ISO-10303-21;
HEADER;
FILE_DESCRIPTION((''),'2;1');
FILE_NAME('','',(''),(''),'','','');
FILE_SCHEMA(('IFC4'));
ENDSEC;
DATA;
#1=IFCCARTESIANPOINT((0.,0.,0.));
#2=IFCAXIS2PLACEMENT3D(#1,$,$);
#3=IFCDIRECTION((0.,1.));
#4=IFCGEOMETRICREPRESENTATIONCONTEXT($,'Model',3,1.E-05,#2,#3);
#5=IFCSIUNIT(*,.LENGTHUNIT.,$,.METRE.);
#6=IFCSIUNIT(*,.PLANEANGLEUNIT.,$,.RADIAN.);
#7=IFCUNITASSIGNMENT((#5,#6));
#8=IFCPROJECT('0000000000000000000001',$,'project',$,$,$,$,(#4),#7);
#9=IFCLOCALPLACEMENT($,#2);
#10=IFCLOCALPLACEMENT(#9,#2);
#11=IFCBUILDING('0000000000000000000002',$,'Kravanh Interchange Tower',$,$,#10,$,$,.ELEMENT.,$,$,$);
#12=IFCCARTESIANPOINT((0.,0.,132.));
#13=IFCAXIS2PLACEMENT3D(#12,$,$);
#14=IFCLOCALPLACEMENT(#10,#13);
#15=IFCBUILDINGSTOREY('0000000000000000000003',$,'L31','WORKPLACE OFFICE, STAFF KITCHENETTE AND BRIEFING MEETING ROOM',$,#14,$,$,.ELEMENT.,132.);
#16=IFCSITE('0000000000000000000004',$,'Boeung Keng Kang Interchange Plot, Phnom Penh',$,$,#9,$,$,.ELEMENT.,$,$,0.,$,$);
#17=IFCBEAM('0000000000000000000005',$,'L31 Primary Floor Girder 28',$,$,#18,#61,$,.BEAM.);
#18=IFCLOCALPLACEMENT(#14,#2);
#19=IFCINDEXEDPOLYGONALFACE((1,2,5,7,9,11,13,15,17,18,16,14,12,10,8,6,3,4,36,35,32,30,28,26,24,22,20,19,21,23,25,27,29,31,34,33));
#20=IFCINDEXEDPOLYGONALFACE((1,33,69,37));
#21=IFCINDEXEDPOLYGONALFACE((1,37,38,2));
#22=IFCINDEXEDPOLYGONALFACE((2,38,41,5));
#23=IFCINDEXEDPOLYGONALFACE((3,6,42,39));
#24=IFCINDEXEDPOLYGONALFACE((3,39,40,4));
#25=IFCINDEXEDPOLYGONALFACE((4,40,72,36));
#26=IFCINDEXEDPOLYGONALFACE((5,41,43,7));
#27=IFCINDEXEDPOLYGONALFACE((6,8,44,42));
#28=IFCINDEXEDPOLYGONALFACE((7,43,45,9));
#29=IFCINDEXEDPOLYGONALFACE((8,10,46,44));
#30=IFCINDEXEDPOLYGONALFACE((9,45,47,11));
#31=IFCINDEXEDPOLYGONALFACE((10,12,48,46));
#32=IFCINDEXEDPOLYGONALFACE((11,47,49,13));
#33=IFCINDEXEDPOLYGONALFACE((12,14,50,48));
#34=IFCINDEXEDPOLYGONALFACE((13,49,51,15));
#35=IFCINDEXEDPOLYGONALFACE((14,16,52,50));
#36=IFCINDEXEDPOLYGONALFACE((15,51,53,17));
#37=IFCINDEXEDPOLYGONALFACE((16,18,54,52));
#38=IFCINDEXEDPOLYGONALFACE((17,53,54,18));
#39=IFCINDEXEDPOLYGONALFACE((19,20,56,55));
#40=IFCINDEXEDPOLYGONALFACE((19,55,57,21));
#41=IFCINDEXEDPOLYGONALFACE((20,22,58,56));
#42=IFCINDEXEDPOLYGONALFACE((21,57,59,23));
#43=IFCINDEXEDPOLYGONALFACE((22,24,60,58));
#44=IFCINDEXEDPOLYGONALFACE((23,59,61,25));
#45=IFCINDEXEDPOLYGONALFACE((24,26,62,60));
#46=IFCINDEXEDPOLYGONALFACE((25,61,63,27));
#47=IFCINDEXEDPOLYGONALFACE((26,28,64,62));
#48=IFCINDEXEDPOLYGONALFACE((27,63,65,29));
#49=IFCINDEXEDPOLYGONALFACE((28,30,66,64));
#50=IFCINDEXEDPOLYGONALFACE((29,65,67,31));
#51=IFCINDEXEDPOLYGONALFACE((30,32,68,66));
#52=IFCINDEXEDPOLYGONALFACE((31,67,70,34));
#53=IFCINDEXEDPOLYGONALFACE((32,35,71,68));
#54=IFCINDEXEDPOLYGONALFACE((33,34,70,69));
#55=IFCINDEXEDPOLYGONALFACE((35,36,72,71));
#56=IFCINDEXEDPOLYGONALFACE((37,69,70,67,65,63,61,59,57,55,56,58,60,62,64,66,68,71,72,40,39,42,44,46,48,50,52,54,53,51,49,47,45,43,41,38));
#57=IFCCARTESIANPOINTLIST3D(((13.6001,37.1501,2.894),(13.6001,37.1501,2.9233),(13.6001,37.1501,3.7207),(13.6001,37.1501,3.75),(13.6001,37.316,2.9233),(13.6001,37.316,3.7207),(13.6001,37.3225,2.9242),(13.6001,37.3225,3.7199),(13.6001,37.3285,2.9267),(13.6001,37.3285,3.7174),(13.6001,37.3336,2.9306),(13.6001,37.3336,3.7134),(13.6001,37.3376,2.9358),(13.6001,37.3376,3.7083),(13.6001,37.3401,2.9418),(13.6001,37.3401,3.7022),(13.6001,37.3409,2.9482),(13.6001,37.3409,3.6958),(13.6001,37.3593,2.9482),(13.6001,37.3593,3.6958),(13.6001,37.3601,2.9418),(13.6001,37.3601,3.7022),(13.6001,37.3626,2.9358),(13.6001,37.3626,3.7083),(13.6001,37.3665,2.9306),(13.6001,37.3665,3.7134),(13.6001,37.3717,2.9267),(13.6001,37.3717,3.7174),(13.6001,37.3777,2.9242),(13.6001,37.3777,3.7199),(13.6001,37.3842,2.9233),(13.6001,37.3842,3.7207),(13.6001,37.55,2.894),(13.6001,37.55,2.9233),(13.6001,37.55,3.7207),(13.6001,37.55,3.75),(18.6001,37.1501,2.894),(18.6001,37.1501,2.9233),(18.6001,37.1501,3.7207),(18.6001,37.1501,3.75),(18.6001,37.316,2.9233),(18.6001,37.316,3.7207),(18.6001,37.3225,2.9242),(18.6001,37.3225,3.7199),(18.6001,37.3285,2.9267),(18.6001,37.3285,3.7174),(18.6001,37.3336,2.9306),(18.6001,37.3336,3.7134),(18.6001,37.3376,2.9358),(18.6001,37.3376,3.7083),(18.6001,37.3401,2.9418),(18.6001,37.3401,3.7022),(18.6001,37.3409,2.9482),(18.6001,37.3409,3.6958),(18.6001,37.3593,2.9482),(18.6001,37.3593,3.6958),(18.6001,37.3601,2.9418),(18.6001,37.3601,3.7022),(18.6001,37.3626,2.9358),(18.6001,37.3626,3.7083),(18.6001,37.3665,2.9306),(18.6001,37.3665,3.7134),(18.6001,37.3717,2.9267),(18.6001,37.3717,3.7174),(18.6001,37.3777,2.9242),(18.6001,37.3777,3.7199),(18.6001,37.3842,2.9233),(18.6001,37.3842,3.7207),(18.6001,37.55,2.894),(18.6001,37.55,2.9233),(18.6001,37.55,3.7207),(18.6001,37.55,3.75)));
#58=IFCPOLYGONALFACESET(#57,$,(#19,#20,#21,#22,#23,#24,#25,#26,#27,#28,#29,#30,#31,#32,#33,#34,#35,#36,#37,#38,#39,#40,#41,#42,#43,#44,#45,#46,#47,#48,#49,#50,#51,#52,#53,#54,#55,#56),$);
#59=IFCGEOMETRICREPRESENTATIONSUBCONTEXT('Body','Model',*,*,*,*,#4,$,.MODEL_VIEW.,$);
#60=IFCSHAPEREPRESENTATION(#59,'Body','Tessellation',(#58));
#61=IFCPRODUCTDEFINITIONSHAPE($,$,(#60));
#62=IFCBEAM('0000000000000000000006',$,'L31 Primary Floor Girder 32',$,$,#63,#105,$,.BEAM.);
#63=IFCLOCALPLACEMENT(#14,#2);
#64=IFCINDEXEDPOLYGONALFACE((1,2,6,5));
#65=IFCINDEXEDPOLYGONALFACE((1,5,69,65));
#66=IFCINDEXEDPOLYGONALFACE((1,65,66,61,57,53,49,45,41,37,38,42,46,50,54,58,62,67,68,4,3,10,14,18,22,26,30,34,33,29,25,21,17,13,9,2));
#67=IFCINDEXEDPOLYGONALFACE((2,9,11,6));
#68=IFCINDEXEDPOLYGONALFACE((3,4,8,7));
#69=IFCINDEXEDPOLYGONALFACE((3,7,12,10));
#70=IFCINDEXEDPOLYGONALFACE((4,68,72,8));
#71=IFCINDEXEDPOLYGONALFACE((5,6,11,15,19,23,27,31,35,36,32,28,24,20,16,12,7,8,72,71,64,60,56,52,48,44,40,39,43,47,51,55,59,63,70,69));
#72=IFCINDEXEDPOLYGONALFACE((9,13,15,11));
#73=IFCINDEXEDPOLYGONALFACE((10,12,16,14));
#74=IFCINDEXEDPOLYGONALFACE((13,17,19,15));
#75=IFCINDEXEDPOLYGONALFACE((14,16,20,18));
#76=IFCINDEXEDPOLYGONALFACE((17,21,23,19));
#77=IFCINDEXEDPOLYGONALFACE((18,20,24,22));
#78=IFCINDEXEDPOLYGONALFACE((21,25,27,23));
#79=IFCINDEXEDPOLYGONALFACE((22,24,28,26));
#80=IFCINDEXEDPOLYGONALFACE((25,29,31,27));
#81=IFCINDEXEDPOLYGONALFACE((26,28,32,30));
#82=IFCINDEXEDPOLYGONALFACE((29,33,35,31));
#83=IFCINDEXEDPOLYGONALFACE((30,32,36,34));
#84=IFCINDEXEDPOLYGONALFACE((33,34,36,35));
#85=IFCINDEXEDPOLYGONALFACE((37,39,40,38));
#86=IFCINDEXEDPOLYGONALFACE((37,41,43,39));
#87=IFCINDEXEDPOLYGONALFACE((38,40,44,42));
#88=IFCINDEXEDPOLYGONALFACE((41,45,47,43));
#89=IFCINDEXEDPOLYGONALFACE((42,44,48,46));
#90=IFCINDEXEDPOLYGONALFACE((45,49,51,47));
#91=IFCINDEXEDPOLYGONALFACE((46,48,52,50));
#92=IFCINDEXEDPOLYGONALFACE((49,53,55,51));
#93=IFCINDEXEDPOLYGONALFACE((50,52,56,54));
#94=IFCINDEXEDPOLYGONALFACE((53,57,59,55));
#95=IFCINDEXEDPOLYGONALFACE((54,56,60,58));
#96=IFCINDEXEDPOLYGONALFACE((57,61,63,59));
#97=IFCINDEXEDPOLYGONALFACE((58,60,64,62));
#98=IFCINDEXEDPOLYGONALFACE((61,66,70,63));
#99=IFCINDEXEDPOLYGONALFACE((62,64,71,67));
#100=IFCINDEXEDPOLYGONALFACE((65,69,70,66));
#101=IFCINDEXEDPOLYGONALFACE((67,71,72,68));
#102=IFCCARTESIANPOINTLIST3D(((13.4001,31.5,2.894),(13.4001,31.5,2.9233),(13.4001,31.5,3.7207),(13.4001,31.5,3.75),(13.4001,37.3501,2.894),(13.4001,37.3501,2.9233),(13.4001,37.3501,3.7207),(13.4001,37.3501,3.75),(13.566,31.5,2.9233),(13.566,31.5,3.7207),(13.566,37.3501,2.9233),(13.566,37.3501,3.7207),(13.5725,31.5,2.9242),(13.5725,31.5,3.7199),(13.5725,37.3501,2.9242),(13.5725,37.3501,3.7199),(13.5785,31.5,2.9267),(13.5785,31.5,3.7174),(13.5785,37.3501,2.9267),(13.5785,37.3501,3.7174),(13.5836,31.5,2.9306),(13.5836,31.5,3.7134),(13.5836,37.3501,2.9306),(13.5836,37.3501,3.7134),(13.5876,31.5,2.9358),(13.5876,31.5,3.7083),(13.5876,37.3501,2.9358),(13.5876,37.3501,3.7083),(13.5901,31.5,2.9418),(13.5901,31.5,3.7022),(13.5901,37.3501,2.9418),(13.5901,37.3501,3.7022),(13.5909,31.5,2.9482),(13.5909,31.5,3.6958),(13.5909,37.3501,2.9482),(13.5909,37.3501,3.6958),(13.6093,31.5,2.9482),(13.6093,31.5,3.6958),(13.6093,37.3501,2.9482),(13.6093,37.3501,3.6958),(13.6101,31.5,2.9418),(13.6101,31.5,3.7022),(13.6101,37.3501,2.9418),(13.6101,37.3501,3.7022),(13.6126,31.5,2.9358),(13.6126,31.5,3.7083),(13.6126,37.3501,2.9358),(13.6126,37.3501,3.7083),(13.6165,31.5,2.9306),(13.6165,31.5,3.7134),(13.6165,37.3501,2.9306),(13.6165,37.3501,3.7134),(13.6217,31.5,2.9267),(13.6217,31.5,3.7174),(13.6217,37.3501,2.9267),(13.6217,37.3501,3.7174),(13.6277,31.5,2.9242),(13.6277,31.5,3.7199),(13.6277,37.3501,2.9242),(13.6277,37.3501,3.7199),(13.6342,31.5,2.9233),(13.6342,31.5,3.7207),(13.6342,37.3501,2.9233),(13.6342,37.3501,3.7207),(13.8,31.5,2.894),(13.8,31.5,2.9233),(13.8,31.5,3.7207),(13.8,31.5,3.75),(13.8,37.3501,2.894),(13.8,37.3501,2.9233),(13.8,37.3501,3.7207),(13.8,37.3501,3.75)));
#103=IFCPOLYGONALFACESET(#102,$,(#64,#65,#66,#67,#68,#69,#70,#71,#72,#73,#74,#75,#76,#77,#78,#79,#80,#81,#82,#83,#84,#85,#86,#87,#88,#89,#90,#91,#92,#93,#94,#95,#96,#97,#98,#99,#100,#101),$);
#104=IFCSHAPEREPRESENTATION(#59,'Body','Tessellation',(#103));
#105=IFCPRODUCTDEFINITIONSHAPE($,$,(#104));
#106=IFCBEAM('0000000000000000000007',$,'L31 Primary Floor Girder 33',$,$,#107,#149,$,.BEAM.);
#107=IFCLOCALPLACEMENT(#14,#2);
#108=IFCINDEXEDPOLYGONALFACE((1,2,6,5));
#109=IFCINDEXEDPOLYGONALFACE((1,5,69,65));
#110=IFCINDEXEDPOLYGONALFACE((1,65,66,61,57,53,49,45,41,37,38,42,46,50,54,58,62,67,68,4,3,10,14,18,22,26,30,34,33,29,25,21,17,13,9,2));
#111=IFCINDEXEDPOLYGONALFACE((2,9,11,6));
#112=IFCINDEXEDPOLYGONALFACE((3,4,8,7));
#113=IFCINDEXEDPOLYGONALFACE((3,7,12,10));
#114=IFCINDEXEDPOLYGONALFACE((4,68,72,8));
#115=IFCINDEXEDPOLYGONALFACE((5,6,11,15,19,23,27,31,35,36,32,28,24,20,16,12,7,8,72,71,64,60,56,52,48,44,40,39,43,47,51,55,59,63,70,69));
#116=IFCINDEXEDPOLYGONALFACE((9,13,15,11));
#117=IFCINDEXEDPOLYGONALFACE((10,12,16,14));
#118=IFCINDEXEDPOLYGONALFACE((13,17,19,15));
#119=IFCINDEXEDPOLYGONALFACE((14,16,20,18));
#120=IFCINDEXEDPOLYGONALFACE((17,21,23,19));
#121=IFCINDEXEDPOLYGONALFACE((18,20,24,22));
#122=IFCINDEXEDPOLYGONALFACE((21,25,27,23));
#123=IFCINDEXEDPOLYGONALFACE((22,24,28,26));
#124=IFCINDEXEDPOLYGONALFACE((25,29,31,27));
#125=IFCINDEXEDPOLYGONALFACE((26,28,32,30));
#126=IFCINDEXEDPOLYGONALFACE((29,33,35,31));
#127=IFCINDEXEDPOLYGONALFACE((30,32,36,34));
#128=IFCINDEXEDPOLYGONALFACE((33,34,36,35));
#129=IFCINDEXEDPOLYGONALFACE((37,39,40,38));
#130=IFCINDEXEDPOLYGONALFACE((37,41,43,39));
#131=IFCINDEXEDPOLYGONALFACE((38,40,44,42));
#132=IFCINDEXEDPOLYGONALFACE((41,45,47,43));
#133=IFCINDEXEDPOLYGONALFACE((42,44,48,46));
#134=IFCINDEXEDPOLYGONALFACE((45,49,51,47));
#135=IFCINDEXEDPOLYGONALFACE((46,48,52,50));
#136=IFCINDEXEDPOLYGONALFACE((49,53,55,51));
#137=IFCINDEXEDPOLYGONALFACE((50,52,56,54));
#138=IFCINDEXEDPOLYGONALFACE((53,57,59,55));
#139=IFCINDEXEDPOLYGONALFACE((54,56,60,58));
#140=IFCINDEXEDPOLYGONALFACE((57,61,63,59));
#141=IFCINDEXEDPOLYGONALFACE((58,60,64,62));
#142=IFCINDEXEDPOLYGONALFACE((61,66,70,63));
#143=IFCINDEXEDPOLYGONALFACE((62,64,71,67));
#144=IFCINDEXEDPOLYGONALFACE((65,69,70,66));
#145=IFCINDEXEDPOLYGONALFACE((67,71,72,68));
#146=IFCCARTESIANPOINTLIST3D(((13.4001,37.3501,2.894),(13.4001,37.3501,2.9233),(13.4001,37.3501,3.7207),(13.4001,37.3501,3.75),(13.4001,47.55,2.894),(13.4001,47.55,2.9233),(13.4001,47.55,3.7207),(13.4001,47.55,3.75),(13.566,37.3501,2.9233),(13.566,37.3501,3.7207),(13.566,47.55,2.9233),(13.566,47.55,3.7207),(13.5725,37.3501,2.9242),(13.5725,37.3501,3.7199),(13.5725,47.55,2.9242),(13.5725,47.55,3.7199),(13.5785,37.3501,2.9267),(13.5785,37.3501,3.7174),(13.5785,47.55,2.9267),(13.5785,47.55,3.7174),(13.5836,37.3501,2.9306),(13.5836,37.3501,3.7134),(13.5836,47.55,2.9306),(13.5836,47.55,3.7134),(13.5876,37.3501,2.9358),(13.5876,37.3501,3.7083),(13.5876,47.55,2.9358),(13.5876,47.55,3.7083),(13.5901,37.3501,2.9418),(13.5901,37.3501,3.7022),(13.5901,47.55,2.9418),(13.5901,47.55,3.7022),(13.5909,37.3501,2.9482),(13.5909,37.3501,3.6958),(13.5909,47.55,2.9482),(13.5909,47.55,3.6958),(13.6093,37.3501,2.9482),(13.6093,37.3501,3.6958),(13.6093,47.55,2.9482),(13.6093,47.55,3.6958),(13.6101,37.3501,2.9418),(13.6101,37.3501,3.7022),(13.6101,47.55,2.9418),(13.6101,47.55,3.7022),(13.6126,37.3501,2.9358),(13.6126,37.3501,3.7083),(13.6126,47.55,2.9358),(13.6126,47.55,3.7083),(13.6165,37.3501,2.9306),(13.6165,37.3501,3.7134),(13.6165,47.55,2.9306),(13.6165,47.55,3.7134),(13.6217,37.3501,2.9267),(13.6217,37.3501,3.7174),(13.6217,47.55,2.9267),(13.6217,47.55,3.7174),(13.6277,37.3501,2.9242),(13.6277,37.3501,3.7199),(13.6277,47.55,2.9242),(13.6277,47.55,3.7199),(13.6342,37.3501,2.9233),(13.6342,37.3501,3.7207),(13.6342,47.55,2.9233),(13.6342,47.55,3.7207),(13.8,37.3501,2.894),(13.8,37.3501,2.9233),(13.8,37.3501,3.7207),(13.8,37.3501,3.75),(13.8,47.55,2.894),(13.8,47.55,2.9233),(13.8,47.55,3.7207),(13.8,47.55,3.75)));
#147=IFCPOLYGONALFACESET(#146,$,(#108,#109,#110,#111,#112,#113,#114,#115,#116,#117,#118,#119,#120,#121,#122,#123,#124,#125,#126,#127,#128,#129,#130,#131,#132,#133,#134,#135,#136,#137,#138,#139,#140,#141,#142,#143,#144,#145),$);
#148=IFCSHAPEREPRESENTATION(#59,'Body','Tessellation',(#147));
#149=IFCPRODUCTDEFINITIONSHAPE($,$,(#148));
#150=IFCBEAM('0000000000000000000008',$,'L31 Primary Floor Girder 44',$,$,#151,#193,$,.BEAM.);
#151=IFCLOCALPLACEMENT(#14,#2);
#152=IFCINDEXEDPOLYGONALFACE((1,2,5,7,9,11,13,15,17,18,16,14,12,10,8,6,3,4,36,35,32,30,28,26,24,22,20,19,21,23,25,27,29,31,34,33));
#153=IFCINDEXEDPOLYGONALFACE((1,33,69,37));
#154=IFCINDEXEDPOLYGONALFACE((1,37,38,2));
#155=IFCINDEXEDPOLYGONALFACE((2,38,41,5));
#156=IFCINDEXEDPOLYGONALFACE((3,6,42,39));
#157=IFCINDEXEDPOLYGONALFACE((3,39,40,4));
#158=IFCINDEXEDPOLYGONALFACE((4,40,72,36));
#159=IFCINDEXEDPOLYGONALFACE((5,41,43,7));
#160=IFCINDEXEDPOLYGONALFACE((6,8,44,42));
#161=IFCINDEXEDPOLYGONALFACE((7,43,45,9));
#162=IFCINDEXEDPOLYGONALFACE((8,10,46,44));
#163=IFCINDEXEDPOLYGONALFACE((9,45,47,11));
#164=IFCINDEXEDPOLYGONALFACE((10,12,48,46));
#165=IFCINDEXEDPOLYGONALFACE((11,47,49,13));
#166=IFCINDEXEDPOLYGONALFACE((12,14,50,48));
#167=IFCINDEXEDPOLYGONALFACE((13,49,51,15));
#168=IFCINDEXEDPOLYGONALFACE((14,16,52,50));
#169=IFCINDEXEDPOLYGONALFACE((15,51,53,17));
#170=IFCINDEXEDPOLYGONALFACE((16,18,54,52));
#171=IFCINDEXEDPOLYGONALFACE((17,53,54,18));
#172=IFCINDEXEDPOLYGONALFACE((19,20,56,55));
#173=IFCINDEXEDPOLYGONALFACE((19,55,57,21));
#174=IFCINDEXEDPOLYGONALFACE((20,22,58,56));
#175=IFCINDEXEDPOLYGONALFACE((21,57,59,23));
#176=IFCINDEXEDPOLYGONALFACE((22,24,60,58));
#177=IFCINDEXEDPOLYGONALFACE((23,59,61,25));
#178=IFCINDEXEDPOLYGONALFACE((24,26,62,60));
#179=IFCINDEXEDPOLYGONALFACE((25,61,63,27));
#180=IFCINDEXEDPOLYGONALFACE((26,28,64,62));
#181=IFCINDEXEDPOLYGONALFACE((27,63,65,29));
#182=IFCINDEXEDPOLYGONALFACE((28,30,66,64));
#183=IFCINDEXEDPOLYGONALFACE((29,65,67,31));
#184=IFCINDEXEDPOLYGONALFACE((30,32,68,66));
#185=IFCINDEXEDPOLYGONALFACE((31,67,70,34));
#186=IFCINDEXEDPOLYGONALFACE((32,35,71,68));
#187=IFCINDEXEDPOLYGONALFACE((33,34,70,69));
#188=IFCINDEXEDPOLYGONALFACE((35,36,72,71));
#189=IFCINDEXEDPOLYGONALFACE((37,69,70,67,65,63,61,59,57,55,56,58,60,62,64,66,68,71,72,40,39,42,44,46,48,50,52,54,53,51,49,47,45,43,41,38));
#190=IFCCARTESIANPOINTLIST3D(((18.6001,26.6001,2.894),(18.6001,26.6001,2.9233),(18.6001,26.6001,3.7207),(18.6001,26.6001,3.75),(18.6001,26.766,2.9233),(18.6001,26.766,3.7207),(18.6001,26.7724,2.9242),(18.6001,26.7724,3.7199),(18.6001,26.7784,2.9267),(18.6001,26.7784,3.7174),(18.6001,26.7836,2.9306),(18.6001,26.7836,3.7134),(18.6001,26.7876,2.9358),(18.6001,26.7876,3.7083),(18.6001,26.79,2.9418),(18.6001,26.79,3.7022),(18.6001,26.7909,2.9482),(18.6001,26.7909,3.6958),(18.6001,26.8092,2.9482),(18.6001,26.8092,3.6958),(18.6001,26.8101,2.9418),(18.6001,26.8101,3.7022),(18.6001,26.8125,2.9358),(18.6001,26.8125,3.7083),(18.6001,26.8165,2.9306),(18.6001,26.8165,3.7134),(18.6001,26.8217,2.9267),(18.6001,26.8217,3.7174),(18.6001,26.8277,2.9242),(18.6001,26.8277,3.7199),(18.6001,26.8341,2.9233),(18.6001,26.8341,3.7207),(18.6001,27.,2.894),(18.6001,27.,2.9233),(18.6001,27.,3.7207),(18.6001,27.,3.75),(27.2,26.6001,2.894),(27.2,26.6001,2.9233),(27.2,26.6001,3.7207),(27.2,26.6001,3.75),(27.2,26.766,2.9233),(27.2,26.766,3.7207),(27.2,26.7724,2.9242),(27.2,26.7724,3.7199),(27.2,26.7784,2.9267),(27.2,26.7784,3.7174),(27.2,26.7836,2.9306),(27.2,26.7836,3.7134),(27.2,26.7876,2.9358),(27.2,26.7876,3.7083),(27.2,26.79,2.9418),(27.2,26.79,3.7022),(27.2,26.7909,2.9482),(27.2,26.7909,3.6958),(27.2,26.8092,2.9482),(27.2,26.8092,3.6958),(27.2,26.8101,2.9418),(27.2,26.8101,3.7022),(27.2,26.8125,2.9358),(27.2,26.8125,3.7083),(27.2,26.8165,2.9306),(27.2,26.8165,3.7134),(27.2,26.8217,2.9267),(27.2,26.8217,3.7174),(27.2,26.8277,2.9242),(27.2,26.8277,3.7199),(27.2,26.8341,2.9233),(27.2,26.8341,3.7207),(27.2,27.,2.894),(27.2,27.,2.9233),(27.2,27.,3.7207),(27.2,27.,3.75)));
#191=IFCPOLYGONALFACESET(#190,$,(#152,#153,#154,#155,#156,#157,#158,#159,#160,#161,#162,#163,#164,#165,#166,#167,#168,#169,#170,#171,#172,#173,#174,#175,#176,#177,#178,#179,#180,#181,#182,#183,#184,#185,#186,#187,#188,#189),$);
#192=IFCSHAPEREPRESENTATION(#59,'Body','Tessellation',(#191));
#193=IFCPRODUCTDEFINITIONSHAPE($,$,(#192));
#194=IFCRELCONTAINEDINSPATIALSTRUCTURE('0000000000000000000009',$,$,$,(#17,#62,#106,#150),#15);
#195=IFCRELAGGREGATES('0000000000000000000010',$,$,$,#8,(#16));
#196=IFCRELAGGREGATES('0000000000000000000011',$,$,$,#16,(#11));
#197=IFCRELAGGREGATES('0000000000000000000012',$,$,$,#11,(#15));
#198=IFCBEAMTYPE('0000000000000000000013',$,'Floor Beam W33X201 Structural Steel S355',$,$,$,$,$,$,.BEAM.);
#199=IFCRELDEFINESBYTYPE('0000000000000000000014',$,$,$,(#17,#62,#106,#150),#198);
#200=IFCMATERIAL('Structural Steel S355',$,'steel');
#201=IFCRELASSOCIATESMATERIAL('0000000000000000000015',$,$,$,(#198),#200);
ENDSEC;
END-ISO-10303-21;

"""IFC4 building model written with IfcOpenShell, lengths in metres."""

from ifc_helpers import new_model, si_unit, direction, frame, origin, origin_2d, place, context, subcontext, project, spatial, i_section, extrude, material, material_profile, profile_set, type_object, element, save


model = new_model("IFC4")

# Units and contexts
model_context = context("Model", 3, precision=1e-05, world=origin(), true_north=direction((0.0, 1.0)))
body_context = subcontext(model_context, "Body", "Model", "MODEL_VIEW")
ifc_project = project(units=[si_unit("LENGTHUNIT", "METRE"), si_unit("PLANEANGLEUNIT", "RADIAN")], contexts=[model_context])

# Site, building, storey
site_placement = place(None, origin())
site = spatial("IfcSite", under=ifc_project, at=site_placement, Name="Boeung Keng Kang Interchange Plot, Phnom Penh", CompositionType="ELEMENT", RefElevation=0.0)
building_placement = place(site_placement, origin())
building = spatial("IfcBuilding", under=site, at=building_placement, Name="Kravanh Interchange Tower", CompositionType="ELEMENT")
storey_placement = place(building_placement, frame((0.0, 0.0, 132.0)))
storey = spatial("IfcBuildingStorey", under=building, at=storey_placement, Name="L31", Description="WORKPLACE OFFICE, STAFF KITCHENETTE AND BRIEFING MEETING ROOM", CompositionType="ELEMENT", Elevation=132.0)

# Beams
ifc_material_1 = material(Name="Structural Steel S355", Category="steel")
ifc_material_profile_1 = material_profile(ifc_material_1, i_section(OverallWidth=0.3999, OverallDepth=0.856, WebThickness=0.0183, FlangeThickness=0.0293, FilletRadius=0.0249, at=origin_2d()), Name="W33X201")
ifc_profile_set_1 = profile_set([ifc_material_profile_1], Name="Structural Steel S355")
beam_type_1 = type_object("IfcBeamType", Name="Floor Beam W33X201 Structural Steel S355", PredefinedType="BEAM", material=ifc_profile_set_1)
beam_1_placement = place(storey_placement, frame((18.6001, 37.3501, 3.322), z_axis=(-1.0, 0.0, 0.0), x_axis=(0.0, -1.0, 0.0)))
element("IfcBeam", 1, at=beam_1_placement, inside=storey, type_object=beam_type_1, Name="L31 Primary Floor Girder 28", PredefinedType="BEAM", context=body_context, shape_type="SweptSolid", body=[
    extrude(i_section(OverallWidth=0.3999, OverallDepth=0.856, WebThickness=0.0183, FlangeThickness=0.0293, FilletRadius=0.0249, at=origin_2d()), origin(), (0.0, 0.0, 1.0), 5.0),
])
beam_2_placement = place(storey_placement, frame((13.6001, 37.3501, 3.322), z_axis=(0.0, -1.0, 0.0), x_axis=(1.0, 0.0, 0.0)))
element("IfcBeam", 2, at=beam_2_placement, inside=storey, type_object=beam_type_1, Name="L31 Primary Floor Girder 32", PredefinedType="BEAM", context=body_context, shape_type="SweptSolid", body=[
    extrude(i_section(OverallWidth=0.3999, OverallDepth=0.856, WebThickness=0.0183, FlangeThickness=0.0293, FilletRadius=0.0249, at=origin_2d()), origin(), (0.0, 0.0, 1.0), 5.8501),
])
beam_3_placement = place(storey_placement, frame((13.6001, 37.3501, 3.322), z_axis=(0.0, 1.0, 0.0), x_axis=(-1.0, 0.0, 0.0)))
element("IfcBeam", 3, at=beam_3_placement, inside=storey, type_object=beam_type_1, Name="L31 Primary Floor Girder 33", PredefinedType="BEAM", context=body_context, shape_type="SweptSolid", body=[
    extrude(i_section(OverallWidth=0.3999, OverallDepth=0.856, WebThickness=0.0183, FlangeThickness=0.0293, FilletRadius=0.0249, at=origin_2d()), origin(), (0.0, 0.0, 1.0), 10.2),
])
beam_4_placement = place(storey_placement, frame((18.6001, 26.8, 3.322), z_axis=(1.0, 0.0, 0.0), x_axis=(0.0, 1.0, 0.0)))
element("IfcBeam", 4, at=beam_4_placement, inside=storey, type_object=beam_type_1, Name="L31 Primary Floor Girder 44", PredefinedType="BEAM", context=body_context, shape_type="SweptSolid", body=[
    extrude(i_section(OverallWidth=0.3999, OverallDepth=0.856, WebThickness=0.0183, FlangeThickness=0.0293, FilletRadius=0.0249, at=origin_2d()), origin(), (0.0, 0.0, 1.0), 8.5999),
])

save(model, "model.ifc")
